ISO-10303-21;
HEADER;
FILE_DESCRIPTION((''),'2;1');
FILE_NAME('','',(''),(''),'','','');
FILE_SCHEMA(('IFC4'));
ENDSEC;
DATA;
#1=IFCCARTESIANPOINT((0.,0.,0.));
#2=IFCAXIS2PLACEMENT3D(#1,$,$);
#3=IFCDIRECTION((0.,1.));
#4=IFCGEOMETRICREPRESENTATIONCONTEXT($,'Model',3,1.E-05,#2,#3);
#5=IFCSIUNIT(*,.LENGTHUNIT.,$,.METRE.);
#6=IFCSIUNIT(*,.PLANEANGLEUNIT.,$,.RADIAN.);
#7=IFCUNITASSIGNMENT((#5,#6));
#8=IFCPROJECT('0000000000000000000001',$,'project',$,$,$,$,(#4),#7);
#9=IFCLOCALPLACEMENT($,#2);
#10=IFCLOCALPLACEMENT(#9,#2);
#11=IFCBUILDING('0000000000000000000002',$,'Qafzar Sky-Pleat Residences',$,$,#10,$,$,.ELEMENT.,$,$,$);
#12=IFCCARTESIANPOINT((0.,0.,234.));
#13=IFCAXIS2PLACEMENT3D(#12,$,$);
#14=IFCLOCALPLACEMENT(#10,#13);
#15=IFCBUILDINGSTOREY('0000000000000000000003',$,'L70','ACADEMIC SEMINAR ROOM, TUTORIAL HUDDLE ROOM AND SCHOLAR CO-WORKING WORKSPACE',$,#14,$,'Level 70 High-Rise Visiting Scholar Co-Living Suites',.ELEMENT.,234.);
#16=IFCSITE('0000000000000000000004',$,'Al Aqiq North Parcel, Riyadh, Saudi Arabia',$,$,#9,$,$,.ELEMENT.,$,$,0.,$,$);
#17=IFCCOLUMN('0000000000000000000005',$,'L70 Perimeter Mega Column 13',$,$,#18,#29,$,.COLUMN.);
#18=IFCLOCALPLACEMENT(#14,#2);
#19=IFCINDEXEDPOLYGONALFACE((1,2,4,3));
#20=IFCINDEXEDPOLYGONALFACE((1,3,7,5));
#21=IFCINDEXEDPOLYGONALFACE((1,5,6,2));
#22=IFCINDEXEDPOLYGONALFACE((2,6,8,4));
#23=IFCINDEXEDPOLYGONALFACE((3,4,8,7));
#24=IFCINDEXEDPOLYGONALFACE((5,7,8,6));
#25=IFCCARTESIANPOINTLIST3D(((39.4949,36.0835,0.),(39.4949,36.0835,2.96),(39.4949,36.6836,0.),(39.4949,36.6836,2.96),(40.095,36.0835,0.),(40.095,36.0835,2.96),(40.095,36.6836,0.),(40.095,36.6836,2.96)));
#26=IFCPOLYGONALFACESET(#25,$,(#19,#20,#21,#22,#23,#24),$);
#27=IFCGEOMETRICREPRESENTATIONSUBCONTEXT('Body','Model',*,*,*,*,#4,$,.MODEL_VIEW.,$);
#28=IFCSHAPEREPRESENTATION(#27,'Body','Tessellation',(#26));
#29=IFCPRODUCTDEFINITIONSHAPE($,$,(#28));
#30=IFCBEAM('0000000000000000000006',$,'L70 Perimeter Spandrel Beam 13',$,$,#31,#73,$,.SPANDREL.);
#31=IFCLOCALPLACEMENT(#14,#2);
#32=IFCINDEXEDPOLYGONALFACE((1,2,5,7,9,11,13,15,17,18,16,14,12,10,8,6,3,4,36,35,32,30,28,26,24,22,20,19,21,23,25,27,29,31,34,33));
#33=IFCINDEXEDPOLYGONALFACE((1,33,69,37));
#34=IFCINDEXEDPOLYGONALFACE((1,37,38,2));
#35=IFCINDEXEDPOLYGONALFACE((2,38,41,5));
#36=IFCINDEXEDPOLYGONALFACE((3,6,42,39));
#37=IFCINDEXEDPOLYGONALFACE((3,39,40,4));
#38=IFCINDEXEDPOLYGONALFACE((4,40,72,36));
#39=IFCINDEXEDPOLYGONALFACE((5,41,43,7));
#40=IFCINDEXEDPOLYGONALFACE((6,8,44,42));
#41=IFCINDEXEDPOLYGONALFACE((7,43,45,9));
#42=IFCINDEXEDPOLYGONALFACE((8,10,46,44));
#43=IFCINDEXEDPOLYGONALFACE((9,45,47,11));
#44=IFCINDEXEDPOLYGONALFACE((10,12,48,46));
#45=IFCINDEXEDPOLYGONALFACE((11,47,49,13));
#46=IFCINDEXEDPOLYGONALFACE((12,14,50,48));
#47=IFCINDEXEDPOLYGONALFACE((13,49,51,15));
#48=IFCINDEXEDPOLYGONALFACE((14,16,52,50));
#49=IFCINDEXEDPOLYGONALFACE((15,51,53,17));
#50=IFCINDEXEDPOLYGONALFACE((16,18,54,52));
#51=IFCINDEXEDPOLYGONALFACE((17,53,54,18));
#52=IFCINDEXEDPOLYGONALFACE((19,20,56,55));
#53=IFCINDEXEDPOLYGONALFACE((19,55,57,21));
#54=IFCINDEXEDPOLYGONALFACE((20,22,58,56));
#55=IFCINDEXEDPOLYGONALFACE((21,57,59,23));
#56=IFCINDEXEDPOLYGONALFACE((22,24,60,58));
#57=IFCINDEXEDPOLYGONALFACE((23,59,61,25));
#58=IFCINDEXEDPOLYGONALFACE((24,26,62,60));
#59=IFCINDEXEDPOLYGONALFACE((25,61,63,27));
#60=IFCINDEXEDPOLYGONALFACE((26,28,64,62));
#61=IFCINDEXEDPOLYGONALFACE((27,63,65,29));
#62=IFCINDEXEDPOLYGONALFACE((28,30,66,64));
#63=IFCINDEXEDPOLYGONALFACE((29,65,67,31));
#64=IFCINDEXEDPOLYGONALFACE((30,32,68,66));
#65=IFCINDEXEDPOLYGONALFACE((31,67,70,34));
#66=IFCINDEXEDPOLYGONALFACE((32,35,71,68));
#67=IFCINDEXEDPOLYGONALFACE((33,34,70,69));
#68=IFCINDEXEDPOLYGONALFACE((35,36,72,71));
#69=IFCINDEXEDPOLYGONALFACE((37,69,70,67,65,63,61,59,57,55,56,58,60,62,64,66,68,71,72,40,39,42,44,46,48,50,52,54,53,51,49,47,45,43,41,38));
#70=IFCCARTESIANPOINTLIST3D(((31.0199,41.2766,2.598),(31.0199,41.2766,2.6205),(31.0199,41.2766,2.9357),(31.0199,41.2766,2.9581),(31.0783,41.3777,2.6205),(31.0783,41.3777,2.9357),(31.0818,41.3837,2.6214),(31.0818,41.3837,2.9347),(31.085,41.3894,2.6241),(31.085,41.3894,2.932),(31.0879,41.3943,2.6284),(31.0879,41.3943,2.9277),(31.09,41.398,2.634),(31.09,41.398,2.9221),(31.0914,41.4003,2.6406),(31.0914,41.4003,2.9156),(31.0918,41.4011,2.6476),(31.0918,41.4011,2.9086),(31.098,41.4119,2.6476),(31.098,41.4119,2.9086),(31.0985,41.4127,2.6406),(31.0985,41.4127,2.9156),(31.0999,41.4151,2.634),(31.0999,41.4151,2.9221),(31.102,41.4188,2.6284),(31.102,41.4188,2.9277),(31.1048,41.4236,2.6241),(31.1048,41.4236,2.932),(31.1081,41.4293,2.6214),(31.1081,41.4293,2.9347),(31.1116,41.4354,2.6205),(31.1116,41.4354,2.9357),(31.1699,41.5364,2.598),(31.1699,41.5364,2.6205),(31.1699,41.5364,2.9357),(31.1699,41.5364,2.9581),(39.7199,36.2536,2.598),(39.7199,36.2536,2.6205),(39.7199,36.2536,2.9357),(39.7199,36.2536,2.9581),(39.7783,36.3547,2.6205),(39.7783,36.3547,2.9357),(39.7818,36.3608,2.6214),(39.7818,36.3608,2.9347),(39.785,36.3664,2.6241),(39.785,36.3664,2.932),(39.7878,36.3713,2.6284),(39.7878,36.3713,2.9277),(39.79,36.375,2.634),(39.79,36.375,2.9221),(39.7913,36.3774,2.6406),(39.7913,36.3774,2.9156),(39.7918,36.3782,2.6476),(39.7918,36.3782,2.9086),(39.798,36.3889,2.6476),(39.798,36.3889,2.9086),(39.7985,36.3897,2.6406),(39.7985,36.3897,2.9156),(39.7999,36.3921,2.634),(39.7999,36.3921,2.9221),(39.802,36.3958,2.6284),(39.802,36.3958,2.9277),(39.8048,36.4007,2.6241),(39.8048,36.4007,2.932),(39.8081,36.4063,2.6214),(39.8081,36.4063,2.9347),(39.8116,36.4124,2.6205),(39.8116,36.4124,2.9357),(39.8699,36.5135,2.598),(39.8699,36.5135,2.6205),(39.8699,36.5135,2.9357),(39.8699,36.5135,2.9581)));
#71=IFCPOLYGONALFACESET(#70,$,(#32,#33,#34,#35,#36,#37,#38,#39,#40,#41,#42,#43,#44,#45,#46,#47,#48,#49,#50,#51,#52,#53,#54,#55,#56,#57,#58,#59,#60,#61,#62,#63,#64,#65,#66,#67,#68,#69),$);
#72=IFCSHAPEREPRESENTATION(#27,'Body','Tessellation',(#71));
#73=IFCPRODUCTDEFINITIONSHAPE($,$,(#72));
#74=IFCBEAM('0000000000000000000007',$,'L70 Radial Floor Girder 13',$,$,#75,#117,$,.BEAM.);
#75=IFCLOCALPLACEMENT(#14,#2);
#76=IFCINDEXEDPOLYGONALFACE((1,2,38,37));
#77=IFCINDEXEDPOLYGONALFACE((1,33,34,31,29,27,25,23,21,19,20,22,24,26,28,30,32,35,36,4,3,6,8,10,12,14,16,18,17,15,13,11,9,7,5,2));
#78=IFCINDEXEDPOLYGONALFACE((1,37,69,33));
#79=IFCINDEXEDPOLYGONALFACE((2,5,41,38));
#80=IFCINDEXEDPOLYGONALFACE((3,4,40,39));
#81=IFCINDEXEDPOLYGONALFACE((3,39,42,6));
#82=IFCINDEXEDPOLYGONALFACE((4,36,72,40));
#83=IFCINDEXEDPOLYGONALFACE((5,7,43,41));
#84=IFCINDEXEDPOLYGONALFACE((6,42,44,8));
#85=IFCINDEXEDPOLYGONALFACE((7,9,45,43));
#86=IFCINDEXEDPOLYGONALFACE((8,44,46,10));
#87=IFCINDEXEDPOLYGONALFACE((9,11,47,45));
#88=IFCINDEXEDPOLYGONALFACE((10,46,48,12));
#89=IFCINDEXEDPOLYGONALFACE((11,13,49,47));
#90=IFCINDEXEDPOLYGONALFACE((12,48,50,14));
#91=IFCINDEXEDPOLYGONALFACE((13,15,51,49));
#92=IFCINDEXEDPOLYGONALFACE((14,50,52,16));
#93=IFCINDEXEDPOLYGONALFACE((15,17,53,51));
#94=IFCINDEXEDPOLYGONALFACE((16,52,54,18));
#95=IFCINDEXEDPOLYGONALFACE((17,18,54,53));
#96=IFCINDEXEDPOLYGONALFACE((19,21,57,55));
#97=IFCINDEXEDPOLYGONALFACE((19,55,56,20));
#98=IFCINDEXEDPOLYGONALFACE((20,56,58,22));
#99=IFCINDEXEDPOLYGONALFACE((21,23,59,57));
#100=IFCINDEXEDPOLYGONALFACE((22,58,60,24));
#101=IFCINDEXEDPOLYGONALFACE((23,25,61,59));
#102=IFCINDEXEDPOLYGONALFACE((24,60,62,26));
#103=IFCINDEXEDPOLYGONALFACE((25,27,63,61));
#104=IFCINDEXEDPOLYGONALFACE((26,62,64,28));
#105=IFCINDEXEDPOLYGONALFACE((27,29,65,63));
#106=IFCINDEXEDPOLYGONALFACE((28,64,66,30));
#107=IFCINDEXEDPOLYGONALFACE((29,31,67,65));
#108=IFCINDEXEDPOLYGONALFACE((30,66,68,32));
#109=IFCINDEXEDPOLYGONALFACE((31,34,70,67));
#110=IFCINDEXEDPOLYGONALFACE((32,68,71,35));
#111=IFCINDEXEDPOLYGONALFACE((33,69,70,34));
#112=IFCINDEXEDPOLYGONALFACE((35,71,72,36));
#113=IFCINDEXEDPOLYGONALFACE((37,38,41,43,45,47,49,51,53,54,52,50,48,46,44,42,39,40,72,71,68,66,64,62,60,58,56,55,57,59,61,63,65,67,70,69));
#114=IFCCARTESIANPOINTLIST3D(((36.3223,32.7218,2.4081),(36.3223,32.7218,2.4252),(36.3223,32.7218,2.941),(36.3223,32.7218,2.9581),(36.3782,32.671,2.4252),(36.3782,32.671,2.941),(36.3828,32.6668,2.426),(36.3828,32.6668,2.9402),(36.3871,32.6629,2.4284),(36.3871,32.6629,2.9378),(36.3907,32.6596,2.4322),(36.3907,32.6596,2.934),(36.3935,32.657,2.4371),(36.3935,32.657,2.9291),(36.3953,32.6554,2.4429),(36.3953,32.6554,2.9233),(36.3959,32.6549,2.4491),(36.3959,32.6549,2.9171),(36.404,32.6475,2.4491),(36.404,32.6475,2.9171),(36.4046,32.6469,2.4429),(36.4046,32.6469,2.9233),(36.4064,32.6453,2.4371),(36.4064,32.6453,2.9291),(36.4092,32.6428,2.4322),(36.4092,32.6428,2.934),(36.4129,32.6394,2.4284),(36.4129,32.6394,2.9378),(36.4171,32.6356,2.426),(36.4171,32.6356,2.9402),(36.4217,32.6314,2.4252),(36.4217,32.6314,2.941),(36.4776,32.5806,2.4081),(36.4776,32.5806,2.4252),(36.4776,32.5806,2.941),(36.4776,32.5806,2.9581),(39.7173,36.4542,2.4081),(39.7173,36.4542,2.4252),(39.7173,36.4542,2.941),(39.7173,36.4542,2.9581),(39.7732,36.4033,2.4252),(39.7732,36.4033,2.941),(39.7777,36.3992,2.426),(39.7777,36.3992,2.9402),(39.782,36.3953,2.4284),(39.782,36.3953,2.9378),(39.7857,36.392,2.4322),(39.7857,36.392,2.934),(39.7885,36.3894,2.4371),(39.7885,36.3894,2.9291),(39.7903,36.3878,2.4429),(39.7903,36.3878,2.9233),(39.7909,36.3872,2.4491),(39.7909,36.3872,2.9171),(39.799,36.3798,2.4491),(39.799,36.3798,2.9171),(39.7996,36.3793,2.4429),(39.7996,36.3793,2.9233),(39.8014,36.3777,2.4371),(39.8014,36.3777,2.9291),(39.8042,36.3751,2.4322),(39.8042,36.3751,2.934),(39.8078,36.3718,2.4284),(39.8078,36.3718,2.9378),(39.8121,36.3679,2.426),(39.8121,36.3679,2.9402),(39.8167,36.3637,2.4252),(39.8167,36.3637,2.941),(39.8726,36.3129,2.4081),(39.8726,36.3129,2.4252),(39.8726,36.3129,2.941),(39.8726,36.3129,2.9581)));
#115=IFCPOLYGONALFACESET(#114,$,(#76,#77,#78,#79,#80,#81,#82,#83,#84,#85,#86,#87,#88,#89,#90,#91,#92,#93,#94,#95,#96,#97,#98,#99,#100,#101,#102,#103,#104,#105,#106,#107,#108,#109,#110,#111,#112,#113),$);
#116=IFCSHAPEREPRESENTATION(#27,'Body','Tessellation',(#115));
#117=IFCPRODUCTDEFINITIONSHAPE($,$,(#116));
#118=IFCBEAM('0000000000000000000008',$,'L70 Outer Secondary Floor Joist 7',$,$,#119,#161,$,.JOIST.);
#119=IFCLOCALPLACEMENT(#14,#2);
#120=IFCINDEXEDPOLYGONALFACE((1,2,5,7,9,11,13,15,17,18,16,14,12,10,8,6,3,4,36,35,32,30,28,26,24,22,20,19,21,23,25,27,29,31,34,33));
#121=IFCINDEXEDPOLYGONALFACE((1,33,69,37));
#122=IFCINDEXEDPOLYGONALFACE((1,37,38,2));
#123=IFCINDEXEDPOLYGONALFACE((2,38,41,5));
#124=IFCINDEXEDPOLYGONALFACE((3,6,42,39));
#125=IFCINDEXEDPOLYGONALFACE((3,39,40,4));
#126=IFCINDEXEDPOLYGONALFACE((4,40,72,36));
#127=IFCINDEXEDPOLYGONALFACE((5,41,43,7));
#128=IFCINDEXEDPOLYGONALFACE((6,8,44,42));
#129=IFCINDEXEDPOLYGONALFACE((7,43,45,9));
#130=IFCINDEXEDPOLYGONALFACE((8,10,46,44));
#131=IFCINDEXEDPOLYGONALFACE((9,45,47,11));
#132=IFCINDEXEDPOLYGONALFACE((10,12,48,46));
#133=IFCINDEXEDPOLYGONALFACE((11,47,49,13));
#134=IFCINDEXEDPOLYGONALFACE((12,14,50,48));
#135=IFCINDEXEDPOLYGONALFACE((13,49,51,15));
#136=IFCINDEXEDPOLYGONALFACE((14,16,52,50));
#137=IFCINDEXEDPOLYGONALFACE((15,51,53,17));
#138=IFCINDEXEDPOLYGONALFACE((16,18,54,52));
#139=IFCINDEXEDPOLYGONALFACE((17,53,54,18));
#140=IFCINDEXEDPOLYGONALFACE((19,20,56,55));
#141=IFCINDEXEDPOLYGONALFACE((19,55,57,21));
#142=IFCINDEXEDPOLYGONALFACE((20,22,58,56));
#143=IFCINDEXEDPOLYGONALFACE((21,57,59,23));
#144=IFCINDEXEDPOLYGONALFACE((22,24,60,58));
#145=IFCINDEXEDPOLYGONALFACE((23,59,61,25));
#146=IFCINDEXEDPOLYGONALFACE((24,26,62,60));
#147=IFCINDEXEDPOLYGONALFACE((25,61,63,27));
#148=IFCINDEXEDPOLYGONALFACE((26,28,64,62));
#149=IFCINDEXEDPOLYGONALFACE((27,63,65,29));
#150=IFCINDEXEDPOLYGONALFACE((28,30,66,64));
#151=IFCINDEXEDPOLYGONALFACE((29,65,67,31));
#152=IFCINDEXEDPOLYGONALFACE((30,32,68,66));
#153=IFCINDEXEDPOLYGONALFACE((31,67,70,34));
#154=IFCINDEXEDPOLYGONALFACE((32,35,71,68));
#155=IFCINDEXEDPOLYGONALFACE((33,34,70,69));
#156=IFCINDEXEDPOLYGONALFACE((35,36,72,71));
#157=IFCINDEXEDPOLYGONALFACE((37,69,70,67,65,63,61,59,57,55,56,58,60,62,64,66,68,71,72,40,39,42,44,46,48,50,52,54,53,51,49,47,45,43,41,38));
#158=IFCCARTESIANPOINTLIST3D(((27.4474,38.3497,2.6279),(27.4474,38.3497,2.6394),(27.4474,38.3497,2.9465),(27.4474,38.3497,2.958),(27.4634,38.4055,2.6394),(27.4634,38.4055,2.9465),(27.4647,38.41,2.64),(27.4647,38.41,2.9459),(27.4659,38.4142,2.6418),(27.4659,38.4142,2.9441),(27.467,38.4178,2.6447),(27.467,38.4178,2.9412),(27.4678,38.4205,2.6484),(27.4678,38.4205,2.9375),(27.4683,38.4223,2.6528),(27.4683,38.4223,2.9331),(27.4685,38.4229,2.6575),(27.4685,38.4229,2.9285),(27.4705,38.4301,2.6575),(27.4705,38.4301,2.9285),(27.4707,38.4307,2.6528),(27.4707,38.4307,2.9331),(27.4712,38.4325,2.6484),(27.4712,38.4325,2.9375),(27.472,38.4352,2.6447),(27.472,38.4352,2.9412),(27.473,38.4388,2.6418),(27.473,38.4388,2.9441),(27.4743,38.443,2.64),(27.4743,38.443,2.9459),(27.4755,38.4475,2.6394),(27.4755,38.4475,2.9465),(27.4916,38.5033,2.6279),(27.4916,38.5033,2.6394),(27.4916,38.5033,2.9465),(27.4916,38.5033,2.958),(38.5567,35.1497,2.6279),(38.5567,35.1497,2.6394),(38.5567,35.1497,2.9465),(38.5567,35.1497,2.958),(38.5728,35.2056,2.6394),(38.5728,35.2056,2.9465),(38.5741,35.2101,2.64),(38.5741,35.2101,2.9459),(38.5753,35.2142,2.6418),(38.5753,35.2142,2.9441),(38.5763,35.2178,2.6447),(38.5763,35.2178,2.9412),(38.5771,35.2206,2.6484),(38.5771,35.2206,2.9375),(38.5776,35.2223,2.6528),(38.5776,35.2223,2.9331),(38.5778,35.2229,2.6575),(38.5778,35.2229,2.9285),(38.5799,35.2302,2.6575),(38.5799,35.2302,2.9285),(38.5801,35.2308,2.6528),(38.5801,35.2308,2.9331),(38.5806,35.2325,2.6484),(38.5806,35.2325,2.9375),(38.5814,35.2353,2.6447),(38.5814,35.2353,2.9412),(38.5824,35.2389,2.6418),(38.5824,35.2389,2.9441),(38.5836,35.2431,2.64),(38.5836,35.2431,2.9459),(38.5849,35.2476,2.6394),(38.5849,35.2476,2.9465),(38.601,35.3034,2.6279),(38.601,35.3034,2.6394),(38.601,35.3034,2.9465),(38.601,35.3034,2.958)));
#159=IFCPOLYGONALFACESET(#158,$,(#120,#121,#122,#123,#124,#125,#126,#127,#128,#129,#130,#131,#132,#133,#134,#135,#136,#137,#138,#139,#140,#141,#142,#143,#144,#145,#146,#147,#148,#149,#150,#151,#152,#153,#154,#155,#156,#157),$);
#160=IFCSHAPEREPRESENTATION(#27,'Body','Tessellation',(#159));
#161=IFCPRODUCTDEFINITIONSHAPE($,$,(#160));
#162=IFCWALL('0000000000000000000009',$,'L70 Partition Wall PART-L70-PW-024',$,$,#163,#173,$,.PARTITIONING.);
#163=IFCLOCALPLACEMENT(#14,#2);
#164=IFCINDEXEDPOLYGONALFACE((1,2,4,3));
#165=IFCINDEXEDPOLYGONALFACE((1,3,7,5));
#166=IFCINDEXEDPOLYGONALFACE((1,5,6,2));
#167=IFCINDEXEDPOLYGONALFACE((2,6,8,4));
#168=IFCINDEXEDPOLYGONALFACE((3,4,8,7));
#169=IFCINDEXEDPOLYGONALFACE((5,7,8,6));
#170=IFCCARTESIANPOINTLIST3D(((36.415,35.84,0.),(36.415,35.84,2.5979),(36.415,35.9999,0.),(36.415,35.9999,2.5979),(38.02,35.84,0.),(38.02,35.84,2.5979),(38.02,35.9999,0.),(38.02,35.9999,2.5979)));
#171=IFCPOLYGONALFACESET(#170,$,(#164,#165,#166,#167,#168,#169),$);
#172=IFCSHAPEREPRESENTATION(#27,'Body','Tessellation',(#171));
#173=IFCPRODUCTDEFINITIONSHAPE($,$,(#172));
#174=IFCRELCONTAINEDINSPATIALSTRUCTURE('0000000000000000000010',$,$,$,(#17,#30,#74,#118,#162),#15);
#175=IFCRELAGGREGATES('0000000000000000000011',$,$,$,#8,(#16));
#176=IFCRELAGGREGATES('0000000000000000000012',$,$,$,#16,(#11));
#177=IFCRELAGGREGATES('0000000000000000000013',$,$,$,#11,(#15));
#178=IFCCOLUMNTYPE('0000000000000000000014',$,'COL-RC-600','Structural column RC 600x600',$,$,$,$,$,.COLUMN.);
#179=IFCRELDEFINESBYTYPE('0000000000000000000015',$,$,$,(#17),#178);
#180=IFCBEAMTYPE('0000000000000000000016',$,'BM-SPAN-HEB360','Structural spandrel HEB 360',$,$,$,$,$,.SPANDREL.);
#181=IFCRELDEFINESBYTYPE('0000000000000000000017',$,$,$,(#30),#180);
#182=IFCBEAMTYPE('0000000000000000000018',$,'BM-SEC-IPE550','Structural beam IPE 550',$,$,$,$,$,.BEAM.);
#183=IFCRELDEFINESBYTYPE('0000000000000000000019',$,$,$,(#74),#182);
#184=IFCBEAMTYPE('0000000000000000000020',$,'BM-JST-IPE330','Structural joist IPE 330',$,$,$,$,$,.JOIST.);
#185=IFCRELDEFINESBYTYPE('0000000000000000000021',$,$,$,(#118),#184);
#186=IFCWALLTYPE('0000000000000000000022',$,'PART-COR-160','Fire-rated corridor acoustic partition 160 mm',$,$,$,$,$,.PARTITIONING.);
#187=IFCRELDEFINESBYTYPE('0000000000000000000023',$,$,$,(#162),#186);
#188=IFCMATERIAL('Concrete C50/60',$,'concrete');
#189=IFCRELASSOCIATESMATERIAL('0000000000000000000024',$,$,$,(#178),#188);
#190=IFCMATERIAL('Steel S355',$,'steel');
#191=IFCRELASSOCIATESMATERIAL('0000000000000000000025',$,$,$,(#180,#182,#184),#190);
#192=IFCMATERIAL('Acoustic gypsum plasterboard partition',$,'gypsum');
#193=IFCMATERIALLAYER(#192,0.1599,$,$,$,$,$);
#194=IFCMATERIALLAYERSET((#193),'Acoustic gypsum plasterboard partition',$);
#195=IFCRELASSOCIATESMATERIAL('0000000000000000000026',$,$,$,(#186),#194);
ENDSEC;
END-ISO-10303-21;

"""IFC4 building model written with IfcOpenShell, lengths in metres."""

from ifc_helpers import new_model, si_unit, direction, frame, frame_2d, origin, origin_2d, place, context, subcontext, project, spatial, rectangle, i_section, extrude, source, transform, mapped, material, layer, layer_set, material_profile, profile_set, type_object, element, save


model = new_model("IFC4")

# Units and contexts
model_context = context("Model", 3, precision=1e-05, world=origin(), true_north=direction((0.0, 1.0)))
body_context = subcontext(model_context, "Body", "Model", "MODEL_VIEW")
ifc_project = project(units=[si_unit("LENGTHUNIT", "METRE"), si_unit("PLANEANGLEUNIT", "RADIAN")], contexts=[model_context])

# Site, building, storey
site_placement = place(None, origin())
site = spatial("IfcSite", under=ifc_project, at=site_placement, Name="Al Aqiq North Parcel, Riyadh, Saudi Arabia", CompositionType="ELEMENT", RefElevation=0.0)
building_placement = place(site_placement, origin())
building = spatial("IfcBuilding", under=site, at=building_placement, Name="Qafzar Sky-Pleat Residences", CompositionType="ELEMENT")
storey_placement = place(building_placement, frame((0.0, 0.0, 234.0)))
storey = spatial("IfcBuildingStorey", under=building, at=storey_placement, Name="L70", Description="ACADEMIC SEMINAR ROOM, TUTORIAL HUDDLE ROOM AND SCHOLAR CO-WORKING WORKSPACE", LongName="Level 70 High-Rise Visiting Scholar Co-Living Suites", CompositionType="ELEMENT", Elevation=234.0)

# Column
ifc_material_1 = material(Name="Concrete C50/60", Category="concrete")
ifc_material_profile_1 = material_profile(ifc_material_1, rectangle(XDim=0.6001, YDim=0.6001, at=origin_2d()), Name="RC 600x600")
ifc_profile_set_1 = profile_set([ifc_material_profile_1], Name="Concrete C50/60")
column_type = type_object("IfcColumnType", Name="COL-RC-600", Description="Structural column RC 600x600", PredefinedType="COLUMN", material=ifc_profile_set_1)
shared_shape_1 = source(origin(), body_context, "Body", "SweptSolid", [
    extrude(rectangle(XDim=0.6001, YDim=0.6001, at=origin_2d()), origin(), (0.0, 0.0, 1.0), 2.96),
])
column_placement = place(storey_placement, frame((39.7949, 36.3835, 0.0), z_axis=(0.0, 0.0, 1.0), x_axis=(1.0, 0.0, 0.0)))
element("IfcColumn", 1, at=column_placement, inside=storey, type_object=column_type, Name="L70 Perimeter Mega Column 13", PredefinedType="COLUMN", context=body_context, shape_type="MappedRepresentation", body=[
    mapped(shared_shape_1, transform((0.0, 0.0, 0.0), x_axis=(1.0, 0.0, 0.0), y_axis=(0.0, 1.0, 0.0), z_axis=(0.0, 0.0, 1.0), scale=1.0)),
])

# Beams
ifc_material_2 = material(Name="Steel S355", Category="steel")
ifc_material_profile_2 = material_profile(ifc_material_2, i_section(OverallWidth=0.3, OverallDepth=0.3601, WebThickness=0.0125, FlangeThickness=0.0225, FilletRadius=0.0271, at=origin_2d()), Name="HEB 360")
ifc_profile_set_2 = profile_set([ifc_material_profile_2], Name="Steel S355")
beam_type_1 = type_object("IfcBeamType", Name="BM-SPAN-HEB360", Description="Structural spandrel HEB 360", PredefinedType="SPANDREL", material=ifc_profile_set_2)
shared_shape_2 = source(origin(), body_context, "Body", "SweptSolid", [
    extrude(i_section(OverallWidth=0.3, OverallDepth=0.3601, WebThickness=0.0125, FlangeThickness=0.0225, FilletRadius=0.0271, at=origin_2d()), origin(), (0.0, 0.0, 1.0), 10.0459),
])
beam_1_placement = place(storey_placement, frame((39.7949, 36.3835, 2.7781), z_axis=(-0.866024, 0.500002, 0.0), x_axis=(-0.500002, -0.866024, 0.0)))
element("IfcBeam", 2, at=beam_1_placement, inside=storey, type_object=beam_type_1, Name="L70 Perimeter Spandrel Beam 13", PredefinedType="SPANDREL", context=body_context, shape_type="MappedRepresentation", body=[
    mapped(shared_shape_2, transform((0.0, 0.0, 0.0), x_axis=(1.0, 0.0, 0.0), y_axis=(0.0, 1.0, 0.0), z_axis=(0.0, 0.0, 1.0), scale=1.0)),
])
ifc_material_profile_3 = material_profile(ifc_material_2, i_section(OverallWidth=0.21, OverallDepth=0.55, WebThickness=0.011, FlangeThickness=0.0171, FilletRadius=0.0239, at=origin_2d()), Name="IPE 550")
ifc_profile_set_3 = profile_set([ifc_material_profile_3], Name="Steel S355")
beam_type_2 = type_object("IfcBeamType", Name="BM-SEC-IPE550", Description="Structural beam IPE 550", PredefinedType="BEAM", material=ifc_profile_set_3)
shared_shape_3 = source(origin(), body_context, "Body", "SweptSolid", [
    extrude(i_section(OverallWidth=0.21, OverallDepth=0.55, WebThickness=0.011, FlangeThickness=0.0171, FilletRadius=0.0239, at=origin_2d()), origin(), (0.0, 0.0, 1.0), 5.0454),
])
beam_2_placement = place(storey_placement, frame((39.7949, 36.3835, 2.6831), z_axis=(-0.67288, -0.739752, 0.0), x_axis=(0.739752, -0.67288, 0.0)))
element("IfcBeam", 3, at=beam_2_placement, inside=storey, type_object=beam_type_2, Name="L70 Radial Floor Girder 13", PredefinedType="BEAM", context=body_context, shape_type="MappedRepresentation", body=[
    mapped(shared_shape_3, transform((0.0, 0.0, 0.0), x_axis=(1.0, 0.0, 0.0), y_axis=(0.0, 1.0, 0.0), z_axis=(0.0, 0.0, 1.0), scale=1.0)),
])
ifc_material_profile_4 = material_profile(ifc_material_2, i_section(OverallWidth=0.1599, OverallDepth=0.3301, WebThickness=0.0076, FlangeThickness=0.0115, FilletRadius=0.0181, at=origin_2d()), Name="IPE 330")
ifc_profile_set_4 = profile_set([ifc_material_profile_4], Name="Steel S355")
beam_type_3 = type_object("IfcBeamType", Name="BM-JST-IPE330", Description="Structural joist IPE 330", PredefinedType="JOIST", material=ifc_profile_set_4)
shared_shape_4 = source(origin(), body_context, "Body", "SweptSolid", [
    extrude(i_section(OverallWidth=0.1599, OverallDepth=0.3301, WebThickness=0.0076, FlangeThickness=0.0115, FilletRadius=0.0181, at=origin_2d()), origin(), (0.0, 0.0, 1.0), 11.561),
])
beam_3_placement = place(storey_placement, frame((38.5789, 35.2266, 2.793), z_axis=(-0.960931, 0.276787, 0.0), x_axis=(-0.276787, -0.960931, 0.0)))
element("IfcBeam", 4, at=beam_3_placement, inside=storey, type_object=beam_type_3, Name="L70 Outer Secondary Floor Joist 7", PredefinedType="JOIST", context=body_context, shape_type="MappedRepresentation", body=[
    mapped(shared_shape_4, transform((0.0, 0.0, 0.0), x_axis=(1.0, 0.0, 0.0), y_axis=(0.0, 1.0, 0.0), z_axis=(0.0, 0.0, 1.0), scale=1.0)),
])

# Wall
ifc_material_3 = material(Name="Acoustic gypsum plasterboard partition", Category="gypsum")
ifc_layer_1 = layer(ifc_material_3, 0.1599)
ifc_layer_set_1 = layer_set([ifc_layer_1], Name="Acoustic gypsum plasterboard partition")
wall_type_1 = type_object("IfcWallType", Name="PART-COR-160", Description="Fire-rated corridor acoustic partition 160 mm", PredefinedType="PARTITIONING", material=ifc_layer_set_1)
wall_1_placement = place(storey_placement, frame((36.415, 35.9199, 0.0), z_axis=(0.0, 0.0, 1.0), x_axis=(1.0, 0.0, 0.0)))
element("IfcWall", 5, at=wall_1_placement, inside=storey, type_object=wall_type_1, Name="L70 Partition Wall PART-L70-PW-024", PredefinedType="PARTITIONING", context=body_context, shape_type="SweptSolid", body=[
    extrude(rectangle(XDim=1.605, YDim=0.1599, at=frame_2d((0.8025, 0.0))), origin(), (0.0, 0.0, 1.0), 2.5979),
])

save(model, "model.ifc")
